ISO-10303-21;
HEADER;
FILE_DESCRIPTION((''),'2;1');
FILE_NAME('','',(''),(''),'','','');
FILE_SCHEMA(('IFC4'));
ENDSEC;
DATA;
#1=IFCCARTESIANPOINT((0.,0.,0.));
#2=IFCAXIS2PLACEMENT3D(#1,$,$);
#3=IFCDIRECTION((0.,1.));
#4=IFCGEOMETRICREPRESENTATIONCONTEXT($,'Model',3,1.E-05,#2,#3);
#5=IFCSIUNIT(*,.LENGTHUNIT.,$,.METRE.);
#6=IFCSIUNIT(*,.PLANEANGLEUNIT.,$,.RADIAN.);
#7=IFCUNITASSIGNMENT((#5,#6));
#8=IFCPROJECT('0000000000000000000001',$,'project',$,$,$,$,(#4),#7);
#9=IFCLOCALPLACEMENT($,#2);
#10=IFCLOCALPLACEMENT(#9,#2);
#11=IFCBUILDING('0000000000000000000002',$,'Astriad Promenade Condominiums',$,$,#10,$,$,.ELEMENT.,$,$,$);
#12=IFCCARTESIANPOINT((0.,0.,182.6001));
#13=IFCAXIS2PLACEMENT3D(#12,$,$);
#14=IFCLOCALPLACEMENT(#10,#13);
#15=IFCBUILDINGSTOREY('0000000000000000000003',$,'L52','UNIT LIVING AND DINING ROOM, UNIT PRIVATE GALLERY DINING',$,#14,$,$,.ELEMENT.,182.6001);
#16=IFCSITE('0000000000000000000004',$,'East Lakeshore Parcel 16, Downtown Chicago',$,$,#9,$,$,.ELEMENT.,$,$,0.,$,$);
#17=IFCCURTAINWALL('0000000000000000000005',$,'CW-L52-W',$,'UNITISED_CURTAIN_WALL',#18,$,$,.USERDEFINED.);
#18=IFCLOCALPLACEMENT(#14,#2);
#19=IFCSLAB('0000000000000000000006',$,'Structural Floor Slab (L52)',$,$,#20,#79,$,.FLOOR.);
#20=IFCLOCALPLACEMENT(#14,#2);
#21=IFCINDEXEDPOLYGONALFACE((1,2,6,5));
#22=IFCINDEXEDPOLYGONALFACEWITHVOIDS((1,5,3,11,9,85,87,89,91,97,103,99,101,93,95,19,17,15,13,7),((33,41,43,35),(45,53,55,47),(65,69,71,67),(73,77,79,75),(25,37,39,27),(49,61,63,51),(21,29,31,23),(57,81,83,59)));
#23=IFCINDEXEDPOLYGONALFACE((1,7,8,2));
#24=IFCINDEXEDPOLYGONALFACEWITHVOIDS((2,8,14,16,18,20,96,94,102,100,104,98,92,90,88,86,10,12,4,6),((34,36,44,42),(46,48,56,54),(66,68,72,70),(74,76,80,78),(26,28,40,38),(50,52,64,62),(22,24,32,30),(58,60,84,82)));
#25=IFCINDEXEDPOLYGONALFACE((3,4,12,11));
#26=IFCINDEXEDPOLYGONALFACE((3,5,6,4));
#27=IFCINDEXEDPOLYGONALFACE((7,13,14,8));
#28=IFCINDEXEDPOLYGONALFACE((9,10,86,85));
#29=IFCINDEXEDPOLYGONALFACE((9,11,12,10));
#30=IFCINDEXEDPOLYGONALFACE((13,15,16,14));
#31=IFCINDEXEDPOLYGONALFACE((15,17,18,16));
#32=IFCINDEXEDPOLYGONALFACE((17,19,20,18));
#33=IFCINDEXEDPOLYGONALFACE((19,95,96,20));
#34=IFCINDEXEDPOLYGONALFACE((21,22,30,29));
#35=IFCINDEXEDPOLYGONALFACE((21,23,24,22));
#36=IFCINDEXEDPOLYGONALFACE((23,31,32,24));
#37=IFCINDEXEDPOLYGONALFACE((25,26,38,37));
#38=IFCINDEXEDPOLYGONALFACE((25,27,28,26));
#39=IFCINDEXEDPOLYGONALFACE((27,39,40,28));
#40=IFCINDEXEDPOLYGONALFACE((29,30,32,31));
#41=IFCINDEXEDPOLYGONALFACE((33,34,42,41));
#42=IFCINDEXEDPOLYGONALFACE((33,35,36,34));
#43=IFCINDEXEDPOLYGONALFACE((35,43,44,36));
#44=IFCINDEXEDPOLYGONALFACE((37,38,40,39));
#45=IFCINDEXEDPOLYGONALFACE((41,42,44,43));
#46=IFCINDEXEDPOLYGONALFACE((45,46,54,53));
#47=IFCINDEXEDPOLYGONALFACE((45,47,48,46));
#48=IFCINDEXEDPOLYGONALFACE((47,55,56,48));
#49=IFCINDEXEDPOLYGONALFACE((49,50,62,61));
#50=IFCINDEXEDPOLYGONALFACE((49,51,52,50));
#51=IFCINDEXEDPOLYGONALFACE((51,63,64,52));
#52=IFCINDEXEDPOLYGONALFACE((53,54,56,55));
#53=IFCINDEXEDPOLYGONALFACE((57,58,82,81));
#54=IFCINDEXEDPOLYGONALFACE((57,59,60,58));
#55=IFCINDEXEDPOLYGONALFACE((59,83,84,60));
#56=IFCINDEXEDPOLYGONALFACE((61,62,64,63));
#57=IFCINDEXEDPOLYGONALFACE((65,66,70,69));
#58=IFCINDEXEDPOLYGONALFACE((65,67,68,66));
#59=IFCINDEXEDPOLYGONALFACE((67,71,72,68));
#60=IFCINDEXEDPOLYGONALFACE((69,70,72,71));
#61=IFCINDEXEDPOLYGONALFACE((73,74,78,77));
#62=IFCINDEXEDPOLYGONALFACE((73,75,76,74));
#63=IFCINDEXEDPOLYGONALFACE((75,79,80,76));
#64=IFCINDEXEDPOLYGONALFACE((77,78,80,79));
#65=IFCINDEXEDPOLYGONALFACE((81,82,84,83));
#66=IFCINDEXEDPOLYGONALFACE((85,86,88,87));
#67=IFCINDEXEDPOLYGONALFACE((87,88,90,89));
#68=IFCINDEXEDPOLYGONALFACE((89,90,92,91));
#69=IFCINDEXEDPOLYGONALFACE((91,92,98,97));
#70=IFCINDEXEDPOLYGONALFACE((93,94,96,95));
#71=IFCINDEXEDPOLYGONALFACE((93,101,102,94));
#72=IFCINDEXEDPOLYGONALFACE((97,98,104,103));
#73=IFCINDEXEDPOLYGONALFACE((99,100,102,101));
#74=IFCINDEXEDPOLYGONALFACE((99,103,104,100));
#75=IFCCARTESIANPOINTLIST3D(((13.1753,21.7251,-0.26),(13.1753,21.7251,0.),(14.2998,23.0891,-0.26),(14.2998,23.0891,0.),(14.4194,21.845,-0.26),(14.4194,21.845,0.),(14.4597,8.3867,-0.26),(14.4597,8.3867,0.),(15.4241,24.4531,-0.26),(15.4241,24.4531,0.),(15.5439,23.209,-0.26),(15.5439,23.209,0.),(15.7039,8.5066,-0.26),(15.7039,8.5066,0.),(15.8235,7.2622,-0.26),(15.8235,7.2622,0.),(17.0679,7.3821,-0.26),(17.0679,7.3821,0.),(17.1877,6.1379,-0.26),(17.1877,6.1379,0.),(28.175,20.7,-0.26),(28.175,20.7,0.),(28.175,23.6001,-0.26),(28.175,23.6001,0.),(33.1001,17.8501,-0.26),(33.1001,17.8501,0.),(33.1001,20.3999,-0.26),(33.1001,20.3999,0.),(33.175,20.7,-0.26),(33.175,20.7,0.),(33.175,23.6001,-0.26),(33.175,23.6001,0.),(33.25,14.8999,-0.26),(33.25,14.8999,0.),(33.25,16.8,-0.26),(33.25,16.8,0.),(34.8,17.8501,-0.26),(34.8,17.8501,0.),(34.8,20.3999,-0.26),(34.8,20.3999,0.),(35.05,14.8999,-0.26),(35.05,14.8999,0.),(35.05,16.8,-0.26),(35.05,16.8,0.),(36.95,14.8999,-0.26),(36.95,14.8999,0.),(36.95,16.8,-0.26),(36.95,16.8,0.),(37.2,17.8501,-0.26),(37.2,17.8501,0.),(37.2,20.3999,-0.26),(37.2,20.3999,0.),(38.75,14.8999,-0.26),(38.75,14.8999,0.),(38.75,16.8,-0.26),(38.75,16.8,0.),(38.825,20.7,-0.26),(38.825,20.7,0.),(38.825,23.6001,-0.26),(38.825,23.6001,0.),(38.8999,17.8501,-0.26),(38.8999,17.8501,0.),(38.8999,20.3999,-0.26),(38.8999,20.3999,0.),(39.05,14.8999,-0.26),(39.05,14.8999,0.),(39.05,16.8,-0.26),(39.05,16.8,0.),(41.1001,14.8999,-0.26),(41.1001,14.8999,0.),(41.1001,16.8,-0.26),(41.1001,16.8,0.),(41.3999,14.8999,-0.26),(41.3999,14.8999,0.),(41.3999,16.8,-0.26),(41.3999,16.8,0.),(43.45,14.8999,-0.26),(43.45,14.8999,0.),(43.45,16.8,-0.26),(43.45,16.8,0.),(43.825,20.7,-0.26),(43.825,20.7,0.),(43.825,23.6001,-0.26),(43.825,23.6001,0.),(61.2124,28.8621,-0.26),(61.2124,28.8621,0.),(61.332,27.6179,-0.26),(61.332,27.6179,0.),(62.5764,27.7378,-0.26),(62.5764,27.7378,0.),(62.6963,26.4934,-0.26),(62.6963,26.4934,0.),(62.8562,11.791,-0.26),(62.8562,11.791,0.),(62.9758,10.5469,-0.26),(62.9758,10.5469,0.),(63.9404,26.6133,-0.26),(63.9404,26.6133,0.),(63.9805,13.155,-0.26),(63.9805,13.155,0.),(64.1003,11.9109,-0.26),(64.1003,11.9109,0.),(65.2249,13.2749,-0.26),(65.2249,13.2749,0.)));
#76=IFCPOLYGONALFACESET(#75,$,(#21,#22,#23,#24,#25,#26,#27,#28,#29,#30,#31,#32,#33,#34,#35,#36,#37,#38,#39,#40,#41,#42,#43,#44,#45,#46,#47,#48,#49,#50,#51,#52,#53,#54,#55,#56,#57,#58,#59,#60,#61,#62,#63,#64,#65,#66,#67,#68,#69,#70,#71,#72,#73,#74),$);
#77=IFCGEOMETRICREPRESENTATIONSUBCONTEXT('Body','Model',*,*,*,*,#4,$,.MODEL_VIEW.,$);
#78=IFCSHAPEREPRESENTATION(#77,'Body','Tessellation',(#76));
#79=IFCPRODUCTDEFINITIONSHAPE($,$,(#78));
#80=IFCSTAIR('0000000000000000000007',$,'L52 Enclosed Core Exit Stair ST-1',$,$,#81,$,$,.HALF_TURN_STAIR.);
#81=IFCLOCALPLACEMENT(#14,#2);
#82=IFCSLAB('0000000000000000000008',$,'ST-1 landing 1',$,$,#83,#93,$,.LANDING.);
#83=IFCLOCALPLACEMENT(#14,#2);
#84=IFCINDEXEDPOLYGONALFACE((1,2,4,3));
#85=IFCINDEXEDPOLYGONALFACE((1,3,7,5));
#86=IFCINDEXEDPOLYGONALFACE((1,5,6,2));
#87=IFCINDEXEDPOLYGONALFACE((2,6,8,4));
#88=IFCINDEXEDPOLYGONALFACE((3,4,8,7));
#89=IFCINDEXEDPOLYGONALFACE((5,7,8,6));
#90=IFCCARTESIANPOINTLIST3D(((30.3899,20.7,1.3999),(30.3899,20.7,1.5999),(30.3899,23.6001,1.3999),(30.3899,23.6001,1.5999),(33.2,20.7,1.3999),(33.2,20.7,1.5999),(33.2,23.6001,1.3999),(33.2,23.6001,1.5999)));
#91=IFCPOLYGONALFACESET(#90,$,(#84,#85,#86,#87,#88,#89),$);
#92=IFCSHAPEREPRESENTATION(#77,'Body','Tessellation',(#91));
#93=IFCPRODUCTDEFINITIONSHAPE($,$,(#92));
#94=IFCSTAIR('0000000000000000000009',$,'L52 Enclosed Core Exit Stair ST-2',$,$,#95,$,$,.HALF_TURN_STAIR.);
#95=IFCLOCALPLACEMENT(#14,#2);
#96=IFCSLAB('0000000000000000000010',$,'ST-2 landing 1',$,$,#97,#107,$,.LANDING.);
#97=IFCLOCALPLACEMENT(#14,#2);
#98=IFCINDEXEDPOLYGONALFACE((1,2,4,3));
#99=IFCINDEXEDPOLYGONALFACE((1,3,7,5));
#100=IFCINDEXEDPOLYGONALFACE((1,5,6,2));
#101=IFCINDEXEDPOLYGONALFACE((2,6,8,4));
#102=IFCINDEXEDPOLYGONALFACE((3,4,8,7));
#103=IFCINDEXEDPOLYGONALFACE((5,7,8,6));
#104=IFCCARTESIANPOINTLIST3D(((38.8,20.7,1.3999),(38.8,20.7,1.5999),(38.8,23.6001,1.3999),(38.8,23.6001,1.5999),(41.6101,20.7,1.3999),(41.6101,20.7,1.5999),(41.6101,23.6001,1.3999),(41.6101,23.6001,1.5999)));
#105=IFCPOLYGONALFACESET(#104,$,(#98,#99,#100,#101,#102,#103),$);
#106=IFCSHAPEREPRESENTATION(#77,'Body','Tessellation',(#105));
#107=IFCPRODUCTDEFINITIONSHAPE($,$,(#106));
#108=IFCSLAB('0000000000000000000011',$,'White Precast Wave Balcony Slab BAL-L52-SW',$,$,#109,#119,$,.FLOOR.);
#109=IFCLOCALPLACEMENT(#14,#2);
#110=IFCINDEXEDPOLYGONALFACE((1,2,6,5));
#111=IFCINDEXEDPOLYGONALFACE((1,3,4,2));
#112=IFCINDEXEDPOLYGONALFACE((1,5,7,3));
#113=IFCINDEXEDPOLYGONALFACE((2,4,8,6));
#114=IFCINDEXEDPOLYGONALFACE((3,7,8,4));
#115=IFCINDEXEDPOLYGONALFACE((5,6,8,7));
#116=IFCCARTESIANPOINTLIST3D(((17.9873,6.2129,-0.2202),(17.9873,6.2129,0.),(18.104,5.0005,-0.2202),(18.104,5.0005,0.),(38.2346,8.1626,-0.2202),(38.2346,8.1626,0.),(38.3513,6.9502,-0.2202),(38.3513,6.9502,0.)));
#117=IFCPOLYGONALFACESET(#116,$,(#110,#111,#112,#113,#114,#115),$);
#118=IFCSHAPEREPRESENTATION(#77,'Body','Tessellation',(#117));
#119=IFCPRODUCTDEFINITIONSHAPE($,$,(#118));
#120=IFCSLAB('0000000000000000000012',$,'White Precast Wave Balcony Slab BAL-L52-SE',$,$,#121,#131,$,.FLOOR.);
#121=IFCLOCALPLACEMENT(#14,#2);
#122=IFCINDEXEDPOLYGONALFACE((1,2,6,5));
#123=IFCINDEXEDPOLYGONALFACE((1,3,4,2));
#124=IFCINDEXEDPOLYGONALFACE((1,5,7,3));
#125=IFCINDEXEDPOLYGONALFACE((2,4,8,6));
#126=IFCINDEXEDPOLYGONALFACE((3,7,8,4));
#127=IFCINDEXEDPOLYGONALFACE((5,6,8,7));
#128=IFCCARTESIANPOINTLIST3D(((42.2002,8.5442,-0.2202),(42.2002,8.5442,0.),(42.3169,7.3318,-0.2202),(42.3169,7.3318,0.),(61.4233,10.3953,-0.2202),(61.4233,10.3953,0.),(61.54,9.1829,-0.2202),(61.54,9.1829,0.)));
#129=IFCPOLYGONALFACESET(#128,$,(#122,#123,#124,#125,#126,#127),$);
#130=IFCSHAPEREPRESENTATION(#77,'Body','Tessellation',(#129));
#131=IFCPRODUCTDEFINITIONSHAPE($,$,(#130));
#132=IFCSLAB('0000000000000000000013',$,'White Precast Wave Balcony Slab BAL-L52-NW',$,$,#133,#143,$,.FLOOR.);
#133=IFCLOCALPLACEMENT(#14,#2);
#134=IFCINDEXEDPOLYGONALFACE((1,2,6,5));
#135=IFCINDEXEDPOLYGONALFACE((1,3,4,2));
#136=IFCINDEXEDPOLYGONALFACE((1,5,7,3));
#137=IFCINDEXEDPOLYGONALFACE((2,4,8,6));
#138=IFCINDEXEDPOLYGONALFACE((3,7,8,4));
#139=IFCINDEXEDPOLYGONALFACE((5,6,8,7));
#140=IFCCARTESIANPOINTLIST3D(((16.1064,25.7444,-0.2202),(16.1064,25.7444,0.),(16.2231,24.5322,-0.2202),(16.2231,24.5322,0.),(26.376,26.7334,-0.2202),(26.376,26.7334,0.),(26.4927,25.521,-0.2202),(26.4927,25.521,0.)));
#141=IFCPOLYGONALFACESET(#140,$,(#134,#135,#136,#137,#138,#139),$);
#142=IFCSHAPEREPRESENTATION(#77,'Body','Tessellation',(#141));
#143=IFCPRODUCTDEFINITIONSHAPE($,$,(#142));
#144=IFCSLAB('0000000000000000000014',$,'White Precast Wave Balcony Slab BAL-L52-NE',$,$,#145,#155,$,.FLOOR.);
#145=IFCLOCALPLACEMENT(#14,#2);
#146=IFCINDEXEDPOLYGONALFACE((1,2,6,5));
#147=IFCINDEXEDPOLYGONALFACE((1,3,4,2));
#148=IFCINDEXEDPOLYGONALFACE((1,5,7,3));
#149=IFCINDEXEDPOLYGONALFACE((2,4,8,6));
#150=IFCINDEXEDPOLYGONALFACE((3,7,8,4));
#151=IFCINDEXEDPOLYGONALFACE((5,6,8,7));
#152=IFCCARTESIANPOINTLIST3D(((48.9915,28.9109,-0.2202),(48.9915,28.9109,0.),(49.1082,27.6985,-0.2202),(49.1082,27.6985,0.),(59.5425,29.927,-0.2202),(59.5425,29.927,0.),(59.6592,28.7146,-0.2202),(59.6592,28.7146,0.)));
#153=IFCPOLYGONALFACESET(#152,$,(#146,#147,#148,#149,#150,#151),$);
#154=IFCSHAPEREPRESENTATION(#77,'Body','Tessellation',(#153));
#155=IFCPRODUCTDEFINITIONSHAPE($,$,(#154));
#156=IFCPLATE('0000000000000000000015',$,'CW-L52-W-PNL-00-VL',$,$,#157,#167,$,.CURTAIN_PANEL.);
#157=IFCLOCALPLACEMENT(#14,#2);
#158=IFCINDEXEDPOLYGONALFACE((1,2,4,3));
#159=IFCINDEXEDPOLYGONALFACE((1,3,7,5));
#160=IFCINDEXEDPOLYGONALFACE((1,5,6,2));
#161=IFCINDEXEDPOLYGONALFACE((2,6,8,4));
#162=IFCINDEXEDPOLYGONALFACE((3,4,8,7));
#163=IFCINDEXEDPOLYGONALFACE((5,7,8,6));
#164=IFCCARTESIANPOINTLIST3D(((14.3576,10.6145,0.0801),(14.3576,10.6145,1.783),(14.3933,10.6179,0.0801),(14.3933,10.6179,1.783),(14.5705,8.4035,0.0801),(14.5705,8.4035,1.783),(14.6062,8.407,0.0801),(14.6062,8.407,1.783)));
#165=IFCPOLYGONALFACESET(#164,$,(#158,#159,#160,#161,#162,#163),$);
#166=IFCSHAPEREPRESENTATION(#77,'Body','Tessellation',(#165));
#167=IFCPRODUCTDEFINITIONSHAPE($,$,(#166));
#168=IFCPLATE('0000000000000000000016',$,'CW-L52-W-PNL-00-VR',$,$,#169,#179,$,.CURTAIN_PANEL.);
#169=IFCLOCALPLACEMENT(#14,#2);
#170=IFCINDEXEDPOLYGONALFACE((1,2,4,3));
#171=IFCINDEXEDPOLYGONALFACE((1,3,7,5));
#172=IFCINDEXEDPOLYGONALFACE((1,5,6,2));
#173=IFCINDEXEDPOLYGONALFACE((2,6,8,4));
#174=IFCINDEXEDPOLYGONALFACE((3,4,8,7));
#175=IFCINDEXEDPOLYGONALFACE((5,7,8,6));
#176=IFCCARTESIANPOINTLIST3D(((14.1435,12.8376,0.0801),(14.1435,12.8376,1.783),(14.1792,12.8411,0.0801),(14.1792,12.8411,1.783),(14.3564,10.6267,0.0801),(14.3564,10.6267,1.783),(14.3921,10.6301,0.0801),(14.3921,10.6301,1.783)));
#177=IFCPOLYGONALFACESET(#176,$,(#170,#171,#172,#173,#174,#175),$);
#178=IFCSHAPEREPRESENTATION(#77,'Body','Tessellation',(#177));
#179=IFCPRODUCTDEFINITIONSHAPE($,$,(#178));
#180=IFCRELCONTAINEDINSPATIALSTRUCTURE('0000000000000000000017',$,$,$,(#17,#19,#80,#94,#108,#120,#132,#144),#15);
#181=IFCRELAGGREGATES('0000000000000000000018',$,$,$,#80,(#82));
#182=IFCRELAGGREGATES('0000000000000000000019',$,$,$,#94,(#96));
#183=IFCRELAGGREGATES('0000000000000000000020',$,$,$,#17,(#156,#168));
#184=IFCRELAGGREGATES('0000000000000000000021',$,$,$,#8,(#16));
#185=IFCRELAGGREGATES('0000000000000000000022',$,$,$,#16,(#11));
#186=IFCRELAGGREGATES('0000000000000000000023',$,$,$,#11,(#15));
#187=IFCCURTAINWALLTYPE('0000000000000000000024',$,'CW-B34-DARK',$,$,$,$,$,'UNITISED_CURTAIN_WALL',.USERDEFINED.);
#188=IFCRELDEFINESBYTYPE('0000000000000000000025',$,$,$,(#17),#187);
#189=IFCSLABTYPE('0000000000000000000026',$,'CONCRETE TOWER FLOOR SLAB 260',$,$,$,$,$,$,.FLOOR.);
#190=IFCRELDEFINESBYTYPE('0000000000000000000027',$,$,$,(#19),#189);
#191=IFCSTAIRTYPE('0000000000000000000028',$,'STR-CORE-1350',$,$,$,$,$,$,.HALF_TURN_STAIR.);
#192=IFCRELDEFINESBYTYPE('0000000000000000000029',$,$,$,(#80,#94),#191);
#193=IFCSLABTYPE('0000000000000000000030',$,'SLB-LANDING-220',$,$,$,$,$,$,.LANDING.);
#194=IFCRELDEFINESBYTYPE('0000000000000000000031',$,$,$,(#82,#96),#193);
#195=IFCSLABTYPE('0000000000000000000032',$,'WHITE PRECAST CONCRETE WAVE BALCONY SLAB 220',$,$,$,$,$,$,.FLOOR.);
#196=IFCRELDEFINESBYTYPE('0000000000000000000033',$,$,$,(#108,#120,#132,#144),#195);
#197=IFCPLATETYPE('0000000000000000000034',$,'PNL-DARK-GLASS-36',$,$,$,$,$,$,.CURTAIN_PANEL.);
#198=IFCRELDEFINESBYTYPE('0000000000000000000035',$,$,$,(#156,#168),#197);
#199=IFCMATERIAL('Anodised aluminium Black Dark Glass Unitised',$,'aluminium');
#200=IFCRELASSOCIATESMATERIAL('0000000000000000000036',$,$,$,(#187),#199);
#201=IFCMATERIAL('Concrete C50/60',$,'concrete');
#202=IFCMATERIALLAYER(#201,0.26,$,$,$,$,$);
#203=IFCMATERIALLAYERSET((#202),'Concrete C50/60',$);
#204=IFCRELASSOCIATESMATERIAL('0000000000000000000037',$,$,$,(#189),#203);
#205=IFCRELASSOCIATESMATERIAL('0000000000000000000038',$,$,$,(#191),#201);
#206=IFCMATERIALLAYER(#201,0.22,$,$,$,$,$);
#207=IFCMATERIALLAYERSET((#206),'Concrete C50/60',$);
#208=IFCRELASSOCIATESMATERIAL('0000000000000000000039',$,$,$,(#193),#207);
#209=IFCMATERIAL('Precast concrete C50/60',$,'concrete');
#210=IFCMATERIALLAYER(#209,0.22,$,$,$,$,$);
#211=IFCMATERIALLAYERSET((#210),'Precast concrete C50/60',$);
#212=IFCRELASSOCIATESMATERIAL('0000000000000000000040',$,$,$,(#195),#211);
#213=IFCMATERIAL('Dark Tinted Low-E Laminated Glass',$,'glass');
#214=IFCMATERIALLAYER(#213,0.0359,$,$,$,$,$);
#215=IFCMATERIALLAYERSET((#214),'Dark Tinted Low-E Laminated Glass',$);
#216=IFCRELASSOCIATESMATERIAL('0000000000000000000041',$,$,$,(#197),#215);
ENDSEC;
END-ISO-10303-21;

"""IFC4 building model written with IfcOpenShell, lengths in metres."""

from ifc_helpers import new_model, si_unit, direction, frame, origin, origin_2d, place, context, subcontext, project, spatial, polyline, rectangle, outline, extrude, source, transform, mapped, material, layer, layer_set, type_object, element, aggregate, save


model = new_model("IFC4")

# Units and contexts
model_context = context("Model", 3, precision=1e-05, world=origin(), true_north=direction((0.0, 1.0)))
body_context = subcontext(model_context, "Body", "Model", "MODEL_VIEW")
ifc_project = project(units=[si_unit("LENGTHUNIT", "METRE"), si_unit("PLANEANGLEUNIT", "RADIAN")], contexts=[model_context])

# Site, building, storey
site_placement = place(None, origin())
site = spatial("IfcSite", under=ifc_project, at=site_placement, Name="East Lakeshore Parcel 16, Downtown Chicago", CompositionType="ELEMENT", RefElevation=0.0)
building_placement = place(site_placement, origin())
building = spatial("IfcBuilding", under=site, at=building_placement, Name="Astriad Promenade Condominiums", CompositionType="ELEMENT")
storey_placement = place(building_placement, frame((0.0, 0.0, 182.6001)))
storey = spatial("IfcBuildingStorey", under=building, at=storey_placement, Name="L52", Description="UNIT LIVING AND DINING ROOM, UNIT PRIVATE GALLERY DINING", CompositionType="ELEMENT", Elevation=182.6001)

# Shared definitions
ifc_material_1 = material(Name="Concrete C50/60", Category="concrete")

# Curtain wall
ifc_material_2 = material(Name="Anodised aluminium Black Dark Glass Unitised", Category="aluminium")
curtain_wall_type = type_object("IfcCurtainWallType", Name="CW-B34-DARK", ElementType="UNITISED_CURTAIN_WALL", PredefinedType="USERDEFINED", material=ifc_material_2)
curtain_wall_placement = place(storey_placement, origin())
curtain_wall = element("IfcCurtainWall", 1, at=curtain_wall_placement, inside=storey, type_object=curtain_wall_type, Name="CW-L52-W", ObjectType="UNITISED_CURTAIN_WALL", PredefinedType="USERDEFINED")

# Slab
ifc_layer_1 = layer(ifc_material_1, 0.26)
ifc_layer_set_1 = layer_set([ifc_layer_1], Name="Concrete C50/60")
slab_type_1 = type_object("IfcSlabType", Name="CONCRETE TOWER FLOOR SLAB 260", PredefinedType="FLOOR", material=ifc_layer_set_1)
slab_1_placement = place(storey_placement, frame((0.0, 0.0, -0.26)))
element("IfcSlab", 2, at=slab_1_placement, inside=storey, type_object=slab_type_1, Name="Structural Floor Slab (L52)", PredefinedType="FLOOR", context=body_context, shape_type="SweptSolid", body=[
    extrude(outline(polyline([(17.1877, 6.1379), (62.9758, 10.5469), (62.8562, 11.791), (64.1003, 11.9109), (63.9805, 13.155), (65.2249, 13.2749), (63.9404, 26.6133), (62.6963, 26.4934), (62.5764, 27.7378), (61.332, 27.6179), (61.2124, 28.8621), (15.4241, 24.4531), (15.5439, 23.209), (14.2998, 23.0891), (14.4194, 21.845), (13.1753, 21.7251), (14.4597, 8.3867), (15.7039, 8.5066), (15.8235, 7.2622), (17.0679, 7.3821), (17.1877, 6.1379)]), holes=[polyline([(28.175, 20.7), (33.175, 20.7), (33.175, 23.6001), (28.175, 23.6001), (28.175, 20.7)]), polyline([(38.825, 20.7), (43.825, 20.7), (43.825, 23.6001), (38.825, 23.6001), (38.825, 20.7)]), polyline([(33.1001, 17.8501), (34.8, 17.8501), (34.8, 20.3999), (33.1001, 20.3999), (33.1001, 17.8501)]), polyline([(37.2, 17.8501), (38.8999, 17.8501), (38.8999, 20.3999), (37.2, 20.3999), (37.2, 17.8501)]), polyline([(33.25, 14.8999), (35.05, 14.8999), (35.05, 16.8), (33.25, 16.8), (33.25, 14.8999)]), polyline([(36.95, 14.8999), (38.75, 14.8999), (38.75, 16.8), (36.95, 16.8), (36.95, 14.8999)]), polyline([(39.05, 14.8999), (41.1001, 14.8999), (41.1001, 16.8), (39.05, 16.8), (39.05, 14.8999)]), polyline([(41.3999, 14.8999), (43.45, 14.8999), (43.45, 16.8), (41.3999, 16.8), (41.3999, 14.8999)])]), origin(), (0.0, 0.0, 1.0), 0.26),
])

# Stairs, slabs
stair_type = type_object("IfcStairType", Name="STR-CORE-1350", PredefinedType="HALF_TURN_STAIR", material=ifc_material_1)
stair_1_placement = place(storey_placement, origin())
stair_1 = element("IfcStair", 3, at=stair_1_placement, inside=storey, type_object=stair_type, Name="L52 Enclosed Core Exit Stair ST-1", PredefinedType="HALF_TURN_STAIR")
ifc_layer_2 = layer(ifc_material_1, 0.22)
ifc_layer_set_2 = layer_set([ifc_layer_2], Name="Concrete C50/60")
slab_type_2 = type_object("IfcSlabType", Name="SLB-LANDING-220", PredefinedType="LANDING", material=ifc_layer_set_2)
slab_2_placement = place(storey_placement, frame((0.0, 0.0, 1.3999)))
slab_2 = element("IfcSlab", 4, at=slab_2_placement, type_object=slab_type_2, Name="ST-1 landing 1", PredefinedType="LANDING", context=body_context, shape_type="SweptSolid", body=[
    extrude(outline(polyline([(30.3899, 20.7), (33.2, 20.7), (33.2, 23.6001), (30.3899, 23.6001), (30.3899, 20.7)])), origin(), (0.0, 0.0, 1.0), 0.2),
])
aggregate(stair_1, [slab_2])
stair_2_placement = place(storey_placement, origin())
stair_2 = element("IfcStair", 5, at=stair_2_placement, inside=storey, type_object=stair_type, Name="L52 Enclosed Core Exit Stair ST-2", PredefinedType="HALF_TURN_STAIR")
slab_3_placement = place(storey_placement, frame((0.0, 0.0, 1.3999)))
slab_3 = element("IfcSlab", 6, at=slab_3_placement, type_object=slab_type_2, Name="ST-2 landing 1", PredefinedType="LANDING", context=body_context, shape_type="SweptSolid", body=[
    extrude(outline(polyline([(41.6101, 23.6001), (38.8, 23.6001), (38.8, 20.7), (41.6101, 20.7), (41.6101, 23.6001)])), origin(), (0.0, 0.0, 1.0), 0.2),
])
aggregate(stair_2, [slab_3])

# Slabs
ifc_material_3 = material(Name="Precast concrete C50/60", Category="concrete")
ifc_layer_3 = layer(ifc_material_3, 0.22)
ifc_layer_set_3 = layer_set([ifc_layer_3], Name="Precast concrete C50/60")
slab_type_3 = type_object("IfcSlabType", Name="WHITE PRECAST CONCRETE WAVE BALCONY SLAB 220", PredefinedType="FLOOR", material=ifc_layer_set_3)
slab_4_placement = place(storey_placement, frame((0.0, 0.0, -0.2202)))
element("IfcSlab", 7, at=slab_4_placement, inside=storey, type_object=slab_type_3, Name="White Precast Wave Balcony Slab BAL-L52-SW", PredefinedType="FLOOR", context=body_context, shape_type="SweptSolid", body=[
    extrude(outline(polyline([(38.3513, 6.9502), (18.104, 5.0005), (17.9873, 6.2129), (38.2346, 8.1626), (38.3513, 6.9502)])), origin(), (0.0, 0.0, 1.0), 0.2202),
])
slab_5_placement = place(storey_placement, frame((0.0, 0.0, -0.2202)))
element("IfcSlab", 8, at=slab_5_placement, inside=storey, type_object=slab_type_3, Name="White Precast Wave Balcony Slab BAL-L52-SE", PredefinedType="FLOOR", context=body_context, shape_type="SweptSolid", body=[
    extrude(outline(polyline([(61.54, 9.1829), (42.3169, 7.3318), (42.2002, 8.5442), (61.4233, 10.3953), (61.54, 9.1829)])), origin(), (0.0, 0.0, 1.0), 0.2202),
])
slab_6_placement = place(storey_placement, frame((0.0, 0.0, -0.2202)))
element("IfcSlab", 9, at=slab_6_placement, inside=storey, type_object=slab_type_3, Name="White Precast Wave Balcony Slab BAL-L52-NW", PredefinedType="FLOOR", context=body_context, shape_type="SweptSolid", body=[
    extrude(outline(polyline([(16.1064, 25.7444), (26.376, 26.7334), (26.4927, 25.521), (16.2231, 24.5322), (16.1064, 25.7444)])), origin(), (0.0, 0.0, 1.0), 0.2202),
])
slab_7_placement = place(storey_placement, frame((0.0, 0.0, -0.2202)))
element("IfcSlab", 10, at=slab_7_placement, inside=storey, type_object=slab_type_3, Name="White Precast Wave Balcony Slab BAL-L52-NE", PredefinedType="FLOOR", context=body_context, shape_type="SweptSolid", body=[
    extrude(outline(polyline([(48.9915, 28.9109), (59.5425, 29.927), (59.6592, 28.7146), (49.1082, 27.6985), (48.9915, 28.9109)])), origin(), (0.0, 0.0, 1.0), 0.2202),
])

# Plates
ifc_material_4 = material(Name="Dark Tinted Low-E Laminated Glass", Category="glass")
ifc_layer_4 = layer(ifc_material_4, 0.0359)
ifc_layer_set_4 = layer_set([ifc_layer_4], Name="Dark Tinted Low-E Laminated Glass")
plate_type = type_object("IfcPlateType", Name="PNL-DARK-GLASS-36", PredefinedType="CURTAIN_PANEL", material=ifc_layer_set_4)
shared_shape_1 = source(origin(), body_context, "Body", "SweptSolid", [
    extrude(rectangle(XDim=2.2212, YDim=0.0359, at=origin_2d()), origin(), (0.0, 0.0, 1.0), 1.7029),
])
plate_1_placement = place(storey_placement, frame((14.4819, 9.5107, 0.0801), z_axis=(0.0, 0.0, 1.0), x_axis=(-0.095846, 0.995396, 0.0)))
plate_1 = element("IfcPlate", 11, at=plate_1_placement, type_object=plate_type, Name="CW-L52-W-PNL-00-VL", PredefinedType="CURTAIN_PANEL", context=body_context, shape_type="MappedRepresentation", body=[
    mapped(shared_shape_1, transform((0.0, 0.0, 0.0), scale=1.0)),
])
plate_2_placement = place(storey_placement, frame((14.2678, 11.7339, 0.0801), z_axis=(0.0, 0.0, 1.0), x_axis=(-0.095846, 0.995396, 0.0)))
plate_2 = element("IfcPlate", 12, at=plate_2_placement, type_object=plate_type, Name="CW-L52-W-PNL-00-VR", PredefinedType="CURTAIN_PANEL", context=body_context, shape_type="MappedRepresentation", body=[
    mapped(shared_shape_1, transform((0.0, 0.0, 0.0), scale=1.0)),
])
aggregate(curtain_wall, [plate_1, plate_2])

save(model, "model.ifc")
